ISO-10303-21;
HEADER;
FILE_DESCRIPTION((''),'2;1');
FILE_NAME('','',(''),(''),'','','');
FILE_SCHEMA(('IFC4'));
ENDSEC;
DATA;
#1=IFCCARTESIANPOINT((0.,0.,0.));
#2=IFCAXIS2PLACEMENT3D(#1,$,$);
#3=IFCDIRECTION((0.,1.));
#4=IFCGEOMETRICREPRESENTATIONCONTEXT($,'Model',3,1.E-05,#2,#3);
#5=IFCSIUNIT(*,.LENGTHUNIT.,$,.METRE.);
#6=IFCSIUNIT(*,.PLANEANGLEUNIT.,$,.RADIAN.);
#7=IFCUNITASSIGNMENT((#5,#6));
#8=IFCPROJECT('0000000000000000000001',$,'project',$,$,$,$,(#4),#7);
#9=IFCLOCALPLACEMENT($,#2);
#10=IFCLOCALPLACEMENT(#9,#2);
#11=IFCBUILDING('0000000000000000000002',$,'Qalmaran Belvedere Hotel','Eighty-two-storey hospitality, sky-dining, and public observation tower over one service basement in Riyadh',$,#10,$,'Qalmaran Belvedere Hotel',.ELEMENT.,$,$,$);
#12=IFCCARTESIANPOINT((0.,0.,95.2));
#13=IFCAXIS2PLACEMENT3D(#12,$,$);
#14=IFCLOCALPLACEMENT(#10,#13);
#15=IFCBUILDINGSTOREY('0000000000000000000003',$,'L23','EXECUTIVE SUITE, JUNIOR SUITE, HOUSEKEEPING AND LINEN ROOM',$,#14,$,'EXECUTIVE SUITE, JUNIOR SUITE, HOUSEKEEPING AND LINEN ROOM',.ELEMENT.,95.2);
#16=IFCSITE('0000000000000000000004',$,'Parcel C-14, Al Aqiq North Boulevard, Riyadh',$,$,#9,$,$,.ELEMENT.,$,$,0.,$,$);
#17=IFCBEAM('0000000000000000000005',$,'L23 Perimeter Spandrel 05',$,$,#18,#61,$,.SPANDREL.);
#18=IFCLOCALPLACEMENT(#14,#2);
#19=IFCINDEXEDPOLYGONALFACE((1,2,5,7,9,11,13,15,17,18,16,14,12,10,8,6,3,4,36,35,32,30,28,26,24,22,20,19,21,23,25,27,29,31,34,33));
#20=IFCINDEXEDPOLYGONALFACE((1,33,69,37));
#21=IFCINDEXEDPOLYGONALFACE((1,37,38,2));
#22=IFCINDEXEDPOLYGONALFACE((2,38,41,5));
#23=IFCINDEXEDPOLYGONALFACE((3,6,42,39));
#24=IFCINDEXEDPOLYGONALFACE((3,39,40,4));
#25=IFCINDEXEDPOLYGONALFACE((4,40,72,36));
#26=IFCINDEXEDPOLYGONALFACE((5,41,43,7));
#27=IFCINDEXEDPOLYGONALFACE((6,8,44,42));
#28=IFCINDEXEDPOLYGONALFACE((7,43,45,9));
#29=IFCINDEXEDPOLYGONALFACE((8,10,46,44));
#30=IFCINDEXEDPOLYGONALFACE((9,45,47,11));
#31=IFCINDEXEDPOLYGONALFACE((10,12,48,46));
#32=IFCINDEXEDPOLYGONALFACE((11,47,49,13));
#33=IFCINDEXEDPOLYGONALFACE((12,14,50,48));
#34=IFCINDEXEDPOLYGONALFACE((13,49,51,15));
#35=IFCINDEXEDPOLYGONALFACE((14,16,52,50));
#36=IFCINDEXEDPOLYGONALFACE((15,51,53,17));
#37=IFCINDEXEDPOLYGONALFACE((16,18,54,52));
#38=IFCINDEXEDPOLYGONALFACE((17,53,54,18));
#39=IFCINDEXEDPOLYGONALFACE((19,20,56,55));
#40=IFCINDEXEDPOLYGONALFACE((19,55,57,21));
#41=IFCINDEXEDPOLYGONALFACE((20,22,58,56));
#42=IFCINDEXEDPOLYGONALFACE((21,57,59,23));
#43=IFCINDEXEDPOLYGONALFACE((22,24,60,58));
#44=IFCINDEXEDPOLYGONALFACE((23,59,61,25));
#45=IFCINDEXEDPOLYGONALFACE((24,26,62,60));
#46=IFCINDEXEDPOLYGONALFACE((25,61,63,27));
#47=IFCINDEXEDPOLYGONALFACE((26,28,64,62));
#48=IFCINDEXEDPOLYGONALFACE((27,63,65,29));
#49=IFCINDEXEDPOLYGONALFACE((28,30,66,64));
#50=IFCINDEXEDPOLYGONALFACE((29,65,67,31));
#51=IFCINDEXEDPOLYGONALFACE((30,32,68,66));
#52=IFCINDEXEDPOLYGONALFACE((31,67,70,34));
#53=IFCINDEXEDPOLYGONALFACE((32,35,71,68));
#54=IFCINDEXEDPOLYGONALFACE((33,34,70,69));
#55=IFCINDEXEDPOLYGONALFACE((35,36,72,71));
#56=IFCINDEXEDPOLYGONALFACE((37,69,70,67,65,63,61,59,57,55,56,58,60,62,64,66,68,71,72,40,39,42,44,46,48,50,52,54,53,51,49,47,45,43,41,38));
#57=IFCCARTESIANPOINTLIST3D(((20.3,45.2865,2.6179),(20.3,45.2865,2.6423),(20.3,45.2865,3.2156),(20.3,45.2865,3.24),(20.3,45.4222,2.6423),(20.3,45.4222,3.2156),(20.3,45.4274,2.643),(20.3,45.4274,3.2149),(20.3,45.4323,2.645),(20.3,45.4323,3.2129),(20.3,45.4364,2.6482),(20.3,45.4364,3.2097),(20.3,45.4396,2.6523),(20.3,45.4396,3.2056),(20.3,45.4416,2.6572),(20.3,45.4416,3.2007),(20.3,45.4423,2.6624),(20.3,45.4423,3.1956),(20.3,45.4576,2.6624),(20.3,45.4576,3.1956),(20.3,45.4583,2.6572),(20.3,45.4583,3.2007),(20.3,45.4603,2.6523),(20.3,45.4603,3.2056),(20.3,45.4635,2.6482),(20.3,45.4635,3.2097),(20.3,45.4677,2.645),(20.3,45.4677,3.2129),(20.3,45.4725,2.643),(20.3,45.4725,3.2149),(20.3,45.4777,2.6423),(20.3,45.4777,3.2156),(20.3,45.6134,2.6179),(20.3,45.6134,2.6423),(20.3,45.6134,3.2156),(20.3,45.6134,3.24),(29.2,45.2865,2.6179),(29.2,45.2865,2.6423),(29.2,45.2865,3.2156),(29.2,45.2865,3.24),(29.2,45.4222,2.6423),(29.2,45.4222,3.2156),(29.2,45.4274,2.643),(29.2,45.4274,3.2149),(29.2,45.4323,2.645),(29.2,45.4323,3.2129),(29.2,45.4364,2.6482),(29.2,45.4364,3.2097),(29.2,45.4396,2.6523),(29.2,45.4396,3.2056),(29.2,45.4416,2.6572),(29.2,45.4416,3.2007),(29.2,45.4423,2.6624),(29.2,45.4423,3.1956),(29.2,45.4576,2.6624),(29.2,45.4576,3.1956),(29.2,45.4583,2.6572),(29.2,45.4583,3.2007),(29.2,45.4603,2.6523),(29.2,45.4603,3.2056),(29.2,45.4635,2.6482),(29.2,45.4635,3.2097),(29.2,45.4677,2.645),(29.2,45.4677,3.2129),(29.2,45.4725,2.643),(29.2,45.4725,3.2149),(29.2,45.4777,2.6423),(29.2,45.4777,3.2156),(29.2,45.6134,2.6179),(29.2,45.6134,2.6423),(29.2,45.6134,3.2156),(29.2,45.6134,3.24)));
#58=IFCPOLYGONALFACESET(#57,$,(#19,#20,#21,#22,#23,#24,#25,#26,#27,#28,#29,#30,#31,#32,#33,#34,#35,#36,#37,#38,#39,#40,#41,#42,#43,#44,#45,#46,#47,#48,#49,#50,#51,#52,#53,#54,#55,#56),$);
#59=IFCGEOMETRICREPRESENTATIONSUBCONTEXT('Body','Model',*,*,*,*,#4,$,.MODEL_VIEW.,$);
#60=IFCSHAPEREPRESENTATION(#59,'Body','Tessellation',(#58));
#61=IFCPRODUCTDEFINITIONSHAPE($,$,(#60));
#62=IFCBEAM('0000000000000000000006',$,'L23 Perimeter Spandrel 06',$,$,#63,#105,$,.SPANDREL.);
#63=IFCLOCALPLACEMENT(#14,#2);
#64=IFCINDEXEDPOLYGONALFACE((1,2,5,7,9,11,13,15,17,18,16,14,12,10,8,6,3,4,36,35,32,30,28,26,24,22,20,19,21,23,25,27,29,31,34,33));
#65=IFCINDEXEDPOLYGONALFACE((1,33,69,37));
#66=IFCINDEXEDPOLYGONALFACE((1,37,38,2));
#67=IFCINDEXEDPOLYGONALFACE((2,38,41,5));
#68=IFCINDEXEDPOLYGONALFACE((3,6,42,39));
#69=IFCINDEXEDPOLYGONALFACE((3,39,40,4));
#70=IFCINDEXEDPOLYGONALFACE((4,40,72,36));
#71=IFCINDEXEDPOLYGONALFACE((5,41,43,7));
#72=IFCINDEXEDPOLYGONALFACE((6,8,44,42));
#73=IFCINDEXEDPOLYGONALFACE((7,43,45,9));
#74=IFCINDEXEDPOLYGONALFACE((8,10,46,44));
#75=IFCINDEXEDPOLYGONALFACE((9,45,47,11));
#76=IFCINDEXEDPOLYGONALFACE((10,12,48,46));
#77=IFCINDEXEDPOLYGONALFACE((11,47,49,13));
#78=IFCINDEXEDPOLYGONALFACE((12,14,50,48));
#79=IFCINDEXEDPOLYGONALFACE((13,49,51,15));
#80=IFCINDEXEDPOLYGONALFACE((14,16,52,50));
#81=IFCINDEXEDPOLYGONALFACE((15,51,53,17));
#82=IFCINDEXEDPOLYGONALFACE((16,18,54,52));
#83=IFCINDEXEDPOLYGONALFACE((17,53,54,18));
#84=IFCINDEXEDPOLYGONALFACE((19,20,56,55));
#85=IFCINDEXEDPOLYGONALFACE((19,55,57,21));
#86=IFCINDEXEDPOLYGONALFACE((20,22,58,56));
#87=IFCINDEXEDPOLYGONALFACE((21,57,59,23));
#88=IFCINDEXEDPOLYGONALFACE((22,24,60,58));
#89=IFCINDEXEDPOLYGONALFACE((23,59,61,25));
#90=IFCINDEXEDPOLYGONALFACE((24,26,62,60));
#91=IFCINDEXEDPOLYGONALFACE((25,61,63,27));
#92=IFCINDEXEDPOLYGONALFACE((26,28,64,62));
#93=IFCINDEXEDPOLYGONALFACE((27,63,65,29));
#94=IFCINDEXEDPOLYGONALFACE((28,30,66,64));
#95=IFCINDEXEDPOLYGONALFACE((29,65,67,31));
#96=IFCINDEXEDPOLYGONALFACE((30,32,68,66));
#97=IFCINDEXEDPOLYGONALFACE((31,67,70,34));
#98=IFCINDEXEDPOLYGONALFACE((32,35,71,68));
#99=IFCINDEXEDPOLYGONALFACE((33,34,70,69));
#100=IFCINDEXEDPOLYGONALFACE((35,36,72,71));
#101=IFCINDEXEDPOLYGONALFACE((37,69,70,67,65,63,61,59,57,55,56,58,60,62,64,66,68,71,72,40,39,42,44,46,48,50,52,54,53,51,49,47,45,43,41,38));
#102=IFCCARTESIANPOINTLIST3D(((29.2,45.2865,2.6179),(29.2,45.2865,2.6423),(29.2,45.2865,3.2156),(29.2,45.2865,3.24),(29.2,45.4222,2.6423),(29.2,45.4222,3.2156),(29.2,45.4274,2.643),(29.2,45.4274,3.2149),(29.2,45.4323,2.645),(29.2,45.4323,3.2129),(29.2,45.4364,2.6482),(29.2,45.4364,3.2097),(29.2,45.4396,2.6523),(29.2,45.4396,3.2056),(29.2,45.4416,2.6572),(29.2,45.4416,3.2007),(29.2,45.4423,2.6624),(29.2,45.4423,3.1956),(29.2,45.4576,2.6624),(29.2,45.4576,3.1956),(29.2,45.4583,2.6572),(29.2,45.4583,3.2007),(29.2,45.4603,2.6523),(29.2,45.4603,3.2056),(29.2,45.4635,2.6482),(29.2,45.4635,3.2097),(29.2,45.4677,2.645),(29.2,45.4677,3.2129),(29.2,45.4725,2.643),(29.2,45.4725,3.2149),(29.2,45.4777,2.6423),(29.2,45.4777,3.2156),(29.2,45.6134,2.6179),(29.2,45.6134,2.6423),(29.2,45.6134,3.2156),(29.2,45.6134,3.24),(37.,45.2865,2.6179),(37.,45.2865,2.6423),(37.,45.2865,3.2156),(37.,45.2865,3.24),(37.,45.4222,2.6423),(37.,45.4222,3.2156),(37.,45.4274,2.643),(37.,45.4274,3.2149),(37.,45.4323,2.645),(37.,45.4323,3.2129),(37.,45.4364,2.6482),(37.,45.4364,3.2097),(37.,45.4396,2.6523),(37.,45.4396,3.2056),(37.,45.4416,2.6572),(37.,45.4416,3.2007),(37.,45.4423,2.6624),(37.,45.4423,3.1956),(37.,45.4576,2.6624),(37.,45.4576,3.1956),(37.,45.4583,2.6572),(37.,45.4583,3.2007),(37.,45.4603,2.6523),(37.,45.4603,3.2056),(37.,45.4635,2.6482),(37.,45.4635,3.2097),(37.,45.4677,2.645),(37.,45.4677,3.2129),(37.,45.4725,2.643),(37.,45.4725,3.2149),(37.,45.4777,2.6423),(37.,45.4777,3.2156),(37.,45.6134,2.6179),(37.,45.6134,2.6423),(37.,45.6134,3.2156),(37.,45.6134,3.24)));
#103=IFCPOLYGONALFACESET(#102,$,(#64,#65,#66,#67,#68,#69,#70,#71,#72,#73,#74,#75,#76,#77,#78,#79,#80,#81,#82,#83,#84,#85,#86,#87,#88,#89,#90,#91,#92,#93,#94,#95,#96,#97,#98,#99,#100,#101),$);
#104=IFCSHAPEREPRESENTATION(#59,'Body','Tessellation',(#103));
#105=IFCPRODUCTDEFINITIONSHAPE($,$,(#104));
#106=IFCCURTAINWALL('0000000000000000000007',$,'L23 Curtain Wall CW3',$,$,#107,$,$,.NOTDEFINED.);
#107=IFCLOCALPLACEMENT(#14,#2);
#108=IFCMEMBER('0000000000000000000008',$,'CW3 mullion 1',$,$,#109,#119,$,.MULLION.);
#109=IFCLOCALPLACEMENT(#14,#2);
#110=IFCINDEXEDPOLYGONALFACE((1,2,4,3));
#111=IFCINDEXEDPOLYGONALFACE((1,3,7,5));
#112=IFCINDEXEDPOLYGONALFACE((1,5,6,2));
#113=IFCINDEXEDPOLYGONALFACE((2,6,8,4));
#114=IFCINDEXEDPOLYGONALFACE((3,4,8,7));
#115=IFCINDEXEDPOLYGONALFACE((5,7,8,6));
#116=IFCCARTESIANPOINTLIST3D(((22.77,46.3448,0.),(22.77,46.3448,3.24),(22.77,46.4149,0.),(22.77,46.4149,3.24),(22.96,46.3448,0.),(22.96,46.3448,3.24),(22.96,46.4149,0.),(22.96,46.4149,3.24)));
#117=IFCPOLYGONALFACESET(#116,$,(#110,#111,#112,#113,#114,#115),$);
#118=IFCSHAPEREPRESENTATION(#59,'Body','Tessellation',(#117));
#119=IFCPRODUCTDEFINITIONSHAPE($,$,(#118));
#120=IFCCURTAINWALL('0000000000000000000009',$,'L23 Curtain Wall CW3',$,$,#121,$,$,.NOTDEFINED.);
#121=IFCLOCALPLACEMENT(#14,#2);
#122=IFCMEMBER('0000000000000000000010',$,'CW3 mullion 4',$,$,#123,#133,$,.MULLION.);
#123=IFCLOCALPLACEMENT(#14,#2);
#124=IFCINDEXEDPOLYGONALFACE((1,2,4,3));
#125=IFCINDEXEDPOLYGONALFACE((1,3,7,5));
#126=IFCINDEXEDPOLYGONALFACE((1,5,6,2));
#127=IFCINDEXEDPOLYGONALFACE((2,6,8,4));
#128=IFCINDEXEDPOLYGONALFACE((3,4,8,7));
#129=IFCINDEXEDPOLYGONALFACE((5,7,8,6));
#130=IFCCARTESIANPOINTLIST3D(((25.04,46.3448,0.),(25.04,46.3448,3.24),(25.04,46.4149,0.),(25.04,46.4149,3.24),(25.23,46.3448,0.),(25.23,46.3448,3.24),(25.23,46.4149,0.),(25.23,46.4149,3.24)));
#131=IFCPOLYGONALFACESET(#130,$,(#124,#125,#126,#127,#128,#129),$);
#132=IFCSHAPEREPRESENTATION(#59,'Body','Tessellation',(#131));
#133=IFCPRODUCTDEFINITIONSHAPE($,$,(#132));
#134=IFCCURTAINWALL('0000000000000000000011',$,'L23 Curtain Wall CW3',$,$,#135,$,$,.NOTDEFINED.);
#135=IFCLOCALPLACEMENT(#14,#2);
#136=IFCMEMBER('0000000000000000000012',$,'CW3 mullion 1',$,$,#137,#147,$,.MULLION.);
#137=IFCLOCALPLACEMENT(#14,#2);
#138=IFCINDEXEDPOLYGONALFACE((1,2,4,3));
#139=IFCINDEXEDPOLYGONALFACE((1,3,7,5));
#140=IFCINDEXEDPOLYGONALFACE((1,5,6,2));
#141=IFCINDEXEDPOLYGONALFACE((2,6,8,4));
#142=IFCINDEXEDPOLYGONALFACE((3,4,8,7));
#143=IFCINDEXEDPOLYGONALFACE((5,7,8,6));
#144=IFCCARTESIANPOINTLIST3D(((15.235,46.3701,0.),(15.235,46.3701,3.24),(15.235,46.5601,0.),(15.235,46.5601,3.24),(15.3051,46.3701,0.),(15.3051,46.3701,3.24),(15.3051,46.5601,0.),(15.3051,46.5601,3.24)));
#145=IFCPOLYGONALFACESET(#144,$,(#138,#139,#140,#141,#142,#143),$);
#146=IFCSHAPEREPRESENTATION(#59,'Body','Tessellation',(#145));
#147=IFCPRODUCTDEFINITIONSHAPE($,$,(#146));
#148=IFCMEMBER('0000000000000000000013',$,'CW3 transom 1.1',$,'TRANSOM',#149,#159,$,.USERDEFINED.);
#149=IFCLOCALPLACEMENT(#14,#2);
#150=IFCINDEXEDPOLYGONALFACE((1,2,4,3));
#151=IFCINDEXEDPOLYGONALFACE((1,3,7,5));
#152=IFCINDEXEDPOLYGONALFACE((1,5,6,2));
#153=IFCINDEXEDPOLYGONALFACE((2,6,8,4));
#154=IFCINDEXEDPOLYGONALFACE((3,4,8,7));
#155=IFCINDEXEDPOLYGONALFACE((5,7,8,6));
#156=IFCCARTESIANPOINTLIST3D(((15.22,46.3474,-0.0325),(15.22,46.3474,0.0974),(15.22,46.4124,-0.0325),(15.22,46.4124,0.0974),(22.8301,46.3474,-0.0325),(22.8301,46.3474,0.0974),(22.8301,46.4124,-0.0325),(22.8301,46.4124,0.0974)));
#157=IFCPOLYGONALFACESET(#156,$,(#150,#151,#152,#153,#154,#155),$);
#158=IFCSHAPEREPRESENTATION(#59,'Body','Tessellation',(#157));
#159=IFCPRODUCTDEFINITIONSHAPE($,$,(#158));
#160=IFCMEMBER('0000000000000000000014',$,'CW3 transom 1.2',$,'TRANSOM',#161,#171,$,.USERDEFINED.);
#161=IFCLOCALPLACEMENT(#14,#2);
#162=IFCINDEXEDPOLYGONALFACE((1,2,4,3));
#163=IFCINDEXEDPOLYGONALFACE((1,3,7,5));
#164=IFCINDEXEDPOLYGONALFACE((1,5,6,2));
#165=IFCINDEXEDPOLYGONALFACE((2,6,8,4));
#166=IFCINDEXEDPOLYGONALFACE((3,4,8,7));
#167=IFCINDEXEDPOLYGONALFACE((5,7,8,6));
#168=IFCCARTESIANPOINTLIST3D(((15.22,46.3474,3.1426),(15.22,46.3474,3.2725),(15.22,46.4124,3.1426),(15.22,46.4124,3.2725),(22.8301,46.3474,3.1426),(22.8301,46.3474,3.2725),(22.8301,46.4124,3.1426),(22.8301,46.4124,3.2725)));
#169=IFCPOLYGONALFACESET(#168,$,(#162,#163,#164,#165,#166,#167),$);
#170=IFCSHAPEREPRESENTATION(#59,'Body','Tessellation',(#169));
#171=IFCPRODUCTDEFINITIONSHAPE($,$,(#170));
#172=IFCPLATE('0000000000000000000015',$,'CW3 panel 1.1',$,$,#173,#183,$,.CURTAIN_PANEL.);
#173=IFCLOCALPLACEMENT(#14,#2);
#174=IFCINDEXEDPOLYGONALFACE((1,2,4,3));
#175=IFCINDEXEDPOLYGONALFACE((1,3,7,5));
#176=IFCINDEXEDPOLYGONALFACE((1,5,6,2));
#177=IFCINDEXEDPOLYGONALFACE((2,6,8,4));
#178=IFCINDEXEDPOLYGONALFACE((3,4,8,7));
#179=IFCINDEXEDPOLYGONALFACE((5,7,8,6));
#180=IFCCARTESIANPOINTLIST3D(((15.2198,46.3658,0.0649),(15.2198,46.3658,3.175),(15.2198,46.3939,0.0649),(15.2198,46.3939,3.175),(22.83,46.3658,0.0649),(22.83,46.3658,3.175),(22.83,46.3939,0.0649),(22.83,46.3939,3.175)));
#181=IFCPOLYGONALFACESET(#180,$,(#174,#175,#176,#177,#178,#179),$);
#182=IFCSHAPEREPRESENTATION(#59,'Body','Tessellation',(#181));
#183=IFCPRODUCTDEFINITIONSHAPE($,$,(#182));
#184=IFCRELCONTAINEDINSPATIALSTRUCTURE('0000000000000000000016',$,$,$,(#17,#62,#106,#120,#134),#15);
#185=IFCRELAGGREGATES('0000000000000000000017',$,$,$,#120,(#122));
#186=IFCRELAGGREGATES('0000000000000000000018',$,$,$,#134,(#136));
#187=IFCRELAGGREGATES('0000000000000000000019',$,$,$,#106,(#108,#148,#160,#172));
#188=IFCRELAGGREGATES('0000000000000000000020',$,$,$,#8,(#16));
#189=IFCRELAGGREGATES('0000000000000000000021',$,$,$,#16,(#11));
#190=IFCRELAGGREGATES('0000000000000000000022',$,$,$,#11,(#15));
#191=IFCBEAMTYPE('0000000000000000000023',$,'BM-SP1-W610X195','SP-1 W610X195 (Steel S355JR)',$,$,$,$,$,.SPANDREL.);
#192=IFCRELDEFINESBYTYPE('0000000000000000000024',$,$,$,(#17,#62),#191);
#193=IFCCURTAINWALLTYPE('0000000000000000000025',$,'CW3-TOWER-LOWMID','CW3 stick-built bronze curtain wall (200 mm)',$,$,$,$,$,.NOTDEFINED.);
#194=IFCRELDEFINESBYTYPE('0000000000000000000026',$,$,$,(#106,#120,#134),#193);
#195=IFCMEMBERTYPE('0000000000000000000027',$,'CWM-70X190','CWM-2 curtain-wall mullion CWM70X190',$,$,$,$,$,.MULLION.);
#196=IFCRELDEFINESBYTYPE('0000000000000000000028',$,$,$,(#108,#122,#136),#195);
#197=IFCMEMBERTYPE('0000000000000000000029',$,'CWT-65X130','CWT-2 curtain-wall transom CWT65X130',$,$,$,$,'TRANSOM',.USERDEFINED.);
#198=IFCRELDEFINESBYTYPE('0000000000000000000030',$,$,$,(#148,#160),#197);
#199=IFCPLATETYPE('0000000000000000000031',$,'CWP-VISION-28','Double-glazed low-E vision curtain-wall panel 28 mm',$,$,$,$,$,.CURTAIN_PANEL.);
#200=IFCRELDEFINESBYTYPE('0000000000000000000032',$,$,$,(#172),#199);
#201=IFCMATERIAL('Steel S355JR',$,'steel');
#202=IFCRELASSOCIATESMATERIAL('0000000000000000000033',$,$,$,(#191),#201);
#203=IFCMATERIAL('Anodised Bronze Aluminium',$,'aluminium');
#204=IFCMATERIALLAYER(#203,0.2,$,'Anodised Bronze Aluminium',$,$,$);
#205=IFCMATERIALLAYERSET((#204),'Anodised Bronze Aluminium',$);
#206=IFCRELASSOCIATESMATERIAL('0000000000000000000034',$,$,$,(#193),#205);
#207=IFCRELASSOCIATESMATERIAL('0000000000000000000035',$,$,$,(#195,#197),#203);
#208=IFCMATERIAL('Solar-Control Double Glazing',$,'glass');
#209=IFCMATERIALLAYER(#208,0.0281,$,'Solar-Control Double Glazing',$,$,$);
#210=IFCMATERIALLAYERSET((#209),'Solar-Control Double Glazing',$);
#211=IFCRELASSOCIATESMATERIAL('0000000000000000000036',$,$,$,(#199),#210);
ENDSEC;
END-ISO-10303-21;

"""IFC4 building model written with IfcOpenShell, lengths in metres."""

from ifc_helpers import new_model, si_unit, direction, frame, origin, origin_2d, place, context, subcontext, project, spatial, rectangle, i_section, extrude, material, layer, layer_set, material_profile, profile_set, type_object, element, aggregate, save


model = new_model("IFC4")

# Units and contexts
model_context = context("Model", 3, precision=1e-05, world=origin(), true_north=direction((0.0, 1.0)))
body_context = subcontext(model_context, "Body", "Model", "MODEL_VIEW")
ifc_project = project(units=[si_unit("LENGTHUNIT", "METRE"), si_unit("PLANEANGLEUNIT", "RADIAN")], contexts=[model_context])

# Site, building, storey
site_placement = place(None, origin())
site = spatial("IfcSite", under=ifc_project, at=site_placement, Name="Parcel C-14, Al Aqiq North Boulevard, Riyadh", CompositionType="ELEMENT", RefElevation=0.0)
building_placement = place(site_placement, origin())
building = spatial("IfcBuilding", under=site, at=building_placement, Name="Qalmaran Belvedere Hotel", Description="Eighty-two-storey hospitality, sky-dining, and public observation tower over one service basement in Riyadh", LongName="Qalmaran Belvedere Hotel", CompositionType="ELEMENT")
storey_placement = place(building_placement, frame((0.0, 0.0, 95.2)))
storey = spatial("IfcBuildingStorey", under=building, at=storey_placement, Name="L23", Description="EXECUTIVE SUITE, JUNIOR SUITE, HOUSEKEEPING AND LINEN ROOM", LongName="EXECUTIVE SUITE, JUNIOR SUITE, HOUSEKEEPING AND LINEN ROOM", CompositionType="ELEMENT", Elevation=95.2)

# Beams
ifc_material_1 = material(Name="Steel S355JR", Category="steel")
ifc_material_profile_1 = material_profile(ifc_material_1, i_section(OverallWidth=0.3269, OverallDepth=0.6221, WebThickness=0.0154, FlangeThickness=0.0244, FilletRadius=0.02, at=origin_2d()), Name="W610X195")
ifc_profile_set_1 = profile_set([ifc_material_profile_1], Name="Steel S355JR")
beam_type_1 = type_object("IfcBeamType", Name="BM-SP1-W610X195", Description="SP-1 W610X195 (Steel S355JR)", PredefinedType="SPANDREL", material=ifc_profile_set_1)
beam_1_placement = place(storey_placement, frame((20.3, 45.45, 2.929), z_axis=(1.0, 0.0, 0.0), x_axis=(0.0, 1.0, 0.0)))
element("IfcBeam", 1, at=beam_1_placement, inside=storey, type_object=beam_type_1, Name="L23 Perimeter Spandrel 05", PredefinedType="SPANDREL", context=body_context, shape_type="SweptSolid", body=[
    extrude(i_section(OverallWidth=0.3269, OverallDepth=0.6221, WebThickness=0.0154, FlangeThickness=0.0244, FilletRadius=0.02, at=origin_2d()), origin(), (0.0, 0.0, 1.0), 8.8999),
])
beam_2_placement = place(storey_placement, frame((29.2, 45.45, 2.929), z_axis=(1.0, 0.0, 0.0), x_axis=(0.0, 1.0, 0.0)))
element("IfcBeam", 2, at=beam_2_placement, inside=storey, type_object=beam_type_1, Name="L23 Perimeter Spandrel 06", PredefinedType="SPANDREL", context=body_context, shape_type="SweptSolid", body=[
    extrude(i_section(OverallWidth=0.3269, OverallDepth=0.6221, WebThickness=0.0154, FlangeThickness=0.0244, FilletRadius=0.02, at=origin_2d()), origin(), (0.0, 0.0, 1.0), 7.8),
])

# Curtain walls, members
ifc_material_2 = material(Name="Anodised Bronze Aluminium", Category="aluminium")
ifc_layer_1 = layer(ifc_material_2, 0.2, Name="Anodised Bronze Aluminium")
ifc_layer_set_1 = layer_set([ifc_layer_1], Name="Anodised Bronze Aluminium")
curtain_wall_type = type_object("IfcCurtainWallType", Name="CW3-TOWER-LOWMID", Description="CW3 stick-built bronze curtain wall (200 mm)", PredefinedType="NOTDEFINED", material=ifc_layer_set_1)
curtain_wall_1_placement = place(storey_placement, origin())
curtain_wall_1 = element("IfcCurtainWall", 3, at=curtain_wall_1_placement, inside=storey, type_object=curtain_wall_type, Name="L23 Curtain Wall CW3", PredefinedType="NOTDEFINED")
ifc_material_profile_2 = material_profile(ifc_material_2, rectangle(XDim=0.0701, YDim=0.1899, at=origin_2d()), Name="CWM70X190")
ifc_profile_set_2 = profile_set([ifc_material_profile_2], Name="Anodised Bronze Aluminium")
member_type_1 = type_object("IfcMemberType", Name="CWM-70X190", Description="CWM-2 curtain-wall mullion CWM70X190", PredefinedType="MULLION", material=ifc_profile_set_2)
member_1_placement = place(storey_placement, frame((22.865, 46.3799, 0.0), z_axis=(0.0, 0.0, 1.0), x_axis=(0.0, -1.0, 0.0)))
member_1 = element("IfcMember", 4, at=member_1_placement, type_object=member_type_1, Name="CW3 mullion 1", PredefinedType="MULLION", context=body_context, shape_type="SweptSolid", body=[
    extrude(rectangle(XDim=0.0701, YDim=0.1899, at=origin_2d()), origin(), (0.0, 0.0, 1.0), 3.24),
])
curtain_wall_2_placement = place(storey_placement, origin())
curtain_wall_2 = element("IfcCurtainWall", 5, at=curtain_wall_2_placement, inside=storey, type_object=curtain_wall_type, Name="L23 Curtain Wall CW3", PredefinedType="NOTDEFINED")
member_2_placement = place(storey_placement, frame((25.135, 46.3799, 0.0), z_axis=(0.0, 0.0, 1.0), x_axis=(0.0, -1.0, 0.0)))
member_2 = element("IfcMember", 6, at=member_2_placement, type_object=member_type_1, Name="CW3 mullion 4", PredefinedType="MULLION", context=body_context, shape_type="SweptSolid", body=[
    extrude(rectangle(XDim=0.0701, YDim=0.1899, at=origin_2d()), origin(), (0.0, 0.0, 1.0), 3.24),
])
aggregate(curtain_wall_2, [member_2])
curtain_wall_3_placement = place(storey_placement, origin())
curtain_wall_3 = element("IfcCurtainWall", 7, at=curtain_wall_3_placement, inside=storey, type_object=curtain_wall_type, Name="L23 Curtain Wall CW3", PredefinedType="NOTDEFINED")
member_3_placement = place(storey_placement, frame((15.27, 46.4651, 0.0), z_axis=(0.0, 0.0, 1.0), x_axis=(1.0, 0.0, 0.0)))
member_3 = element("IfcMember", 8, at=member_3_placement, type_object=member_type_1, Name="CW3 mullion 1", PredefinedType="MULLION", context=body_context, shape_type="SweptSolid", body=[
    extrude(rectangle(XDim=0.0701, YDim=0.1899, at=origin_2d()), origin(), (0.0, 0.0, 1.0), 3.24),
])
aggregate(curtain_wall_3, [member_3])

# Members
ifc_material_profile_3 = material_profile(ifc_material_2, rectangle(XDim=0.0649, YDim=0.1299, at=origin_2d()), Name="CWT65X130")
ifc_profile_set_3 = profile_set([ifc_material_profile_3], Name="Anodised Bronze Aluminium")
member_type_2 = type_object("IfcMemberType", Name="CWT-65X130", Description="CWT-2 curtain-wall transom CWT65X130", ElementType="TRANSOM", PredefinedType="USERDEFINED", material=ifc_profile_set_3)
member_4_placement = place(storey_placement, frame((22.8301, 46.3799, 0.0325), z_axis=(-1.0, 0.0, 0.0), x_axis=(0.0, -1.0, 0.0)))
member_4 = element("IfcMember", 9, at=member_4_placement, type_object=member_type_2, Name="CW3 transom 1.1", ObjectType="TRANSOM", PredefinedType="USERDEFINED", context=body_context, shape_type="SweptSolid", body=[
    extrude(rectangle(XDim=0.0649, YDim=0.1299, at=origin_2d()), origin(), (0.0, 0.0, 1.0), 7.6101),
])
member_5_placement = place(storey_placement, frame((22.8301, 46.3799, 3.2075), z_axis=(-1.0, 0.0, 0.0), x_axis=(0.0, -1.0, 0.0)))
member_5 = element("IfcMember", 10, at=member_5_placement, type_object=member_type_2, Name="CW3 transom 1.2", ObjectType="TRANSOM", PredefinedType="USERDEFINED", context=body_context, shape_type="SweptSolid", body=[
    extrude(rectangle(XDim=0.0649, YDim=0.1299, at=origin_2d()), origin(), (0.0, 0.0, 1.0), 7.6101),
])

# Plate
ifc_material_3 = material(Name="Solar-Control Double Glazing", Category="glass")
ifc_layer_2 = layer(ifc_material_3, 0.0281, Name="Solar-Control Double Glazing")
ifc_layer_set_2 = layer_set([ifc_layer_2], Name="Solar-Control Double Glazing")
plate_type = type_object("IfcPlateType", Name="CWP-VISION-28", Description="Double-glazed low-E vision curtain-wall panel 28 mm", PredefinedType="CURTAIN_PANEL", material=ifc_layer_set_2)
plate_placement = place(storey_placement, frame((19.0249, 46.3799, 0.0649), z_axis=(0.0, 0.0, 1.0), x_axis=(-1.0, 0.0, 0.0)))
plate = element("IfcPlate", 11, at=plate_placement, type_object=plate_type, Name="CW3 panel 1.1", PredefinedType="CURTAIN_PANEL", context=body_context, shape_type="SweptSolid", body=[
    extrude(rectangle(XDim=7.6101, YDim=0.0281, at=origin_2d()), origin(), (0.0, 0.0, 1.0), 3.1101),
])
aggregate(curtain_wall_1, [member_1, member_4, member_5, plate])

save(model, "model.ifc")
